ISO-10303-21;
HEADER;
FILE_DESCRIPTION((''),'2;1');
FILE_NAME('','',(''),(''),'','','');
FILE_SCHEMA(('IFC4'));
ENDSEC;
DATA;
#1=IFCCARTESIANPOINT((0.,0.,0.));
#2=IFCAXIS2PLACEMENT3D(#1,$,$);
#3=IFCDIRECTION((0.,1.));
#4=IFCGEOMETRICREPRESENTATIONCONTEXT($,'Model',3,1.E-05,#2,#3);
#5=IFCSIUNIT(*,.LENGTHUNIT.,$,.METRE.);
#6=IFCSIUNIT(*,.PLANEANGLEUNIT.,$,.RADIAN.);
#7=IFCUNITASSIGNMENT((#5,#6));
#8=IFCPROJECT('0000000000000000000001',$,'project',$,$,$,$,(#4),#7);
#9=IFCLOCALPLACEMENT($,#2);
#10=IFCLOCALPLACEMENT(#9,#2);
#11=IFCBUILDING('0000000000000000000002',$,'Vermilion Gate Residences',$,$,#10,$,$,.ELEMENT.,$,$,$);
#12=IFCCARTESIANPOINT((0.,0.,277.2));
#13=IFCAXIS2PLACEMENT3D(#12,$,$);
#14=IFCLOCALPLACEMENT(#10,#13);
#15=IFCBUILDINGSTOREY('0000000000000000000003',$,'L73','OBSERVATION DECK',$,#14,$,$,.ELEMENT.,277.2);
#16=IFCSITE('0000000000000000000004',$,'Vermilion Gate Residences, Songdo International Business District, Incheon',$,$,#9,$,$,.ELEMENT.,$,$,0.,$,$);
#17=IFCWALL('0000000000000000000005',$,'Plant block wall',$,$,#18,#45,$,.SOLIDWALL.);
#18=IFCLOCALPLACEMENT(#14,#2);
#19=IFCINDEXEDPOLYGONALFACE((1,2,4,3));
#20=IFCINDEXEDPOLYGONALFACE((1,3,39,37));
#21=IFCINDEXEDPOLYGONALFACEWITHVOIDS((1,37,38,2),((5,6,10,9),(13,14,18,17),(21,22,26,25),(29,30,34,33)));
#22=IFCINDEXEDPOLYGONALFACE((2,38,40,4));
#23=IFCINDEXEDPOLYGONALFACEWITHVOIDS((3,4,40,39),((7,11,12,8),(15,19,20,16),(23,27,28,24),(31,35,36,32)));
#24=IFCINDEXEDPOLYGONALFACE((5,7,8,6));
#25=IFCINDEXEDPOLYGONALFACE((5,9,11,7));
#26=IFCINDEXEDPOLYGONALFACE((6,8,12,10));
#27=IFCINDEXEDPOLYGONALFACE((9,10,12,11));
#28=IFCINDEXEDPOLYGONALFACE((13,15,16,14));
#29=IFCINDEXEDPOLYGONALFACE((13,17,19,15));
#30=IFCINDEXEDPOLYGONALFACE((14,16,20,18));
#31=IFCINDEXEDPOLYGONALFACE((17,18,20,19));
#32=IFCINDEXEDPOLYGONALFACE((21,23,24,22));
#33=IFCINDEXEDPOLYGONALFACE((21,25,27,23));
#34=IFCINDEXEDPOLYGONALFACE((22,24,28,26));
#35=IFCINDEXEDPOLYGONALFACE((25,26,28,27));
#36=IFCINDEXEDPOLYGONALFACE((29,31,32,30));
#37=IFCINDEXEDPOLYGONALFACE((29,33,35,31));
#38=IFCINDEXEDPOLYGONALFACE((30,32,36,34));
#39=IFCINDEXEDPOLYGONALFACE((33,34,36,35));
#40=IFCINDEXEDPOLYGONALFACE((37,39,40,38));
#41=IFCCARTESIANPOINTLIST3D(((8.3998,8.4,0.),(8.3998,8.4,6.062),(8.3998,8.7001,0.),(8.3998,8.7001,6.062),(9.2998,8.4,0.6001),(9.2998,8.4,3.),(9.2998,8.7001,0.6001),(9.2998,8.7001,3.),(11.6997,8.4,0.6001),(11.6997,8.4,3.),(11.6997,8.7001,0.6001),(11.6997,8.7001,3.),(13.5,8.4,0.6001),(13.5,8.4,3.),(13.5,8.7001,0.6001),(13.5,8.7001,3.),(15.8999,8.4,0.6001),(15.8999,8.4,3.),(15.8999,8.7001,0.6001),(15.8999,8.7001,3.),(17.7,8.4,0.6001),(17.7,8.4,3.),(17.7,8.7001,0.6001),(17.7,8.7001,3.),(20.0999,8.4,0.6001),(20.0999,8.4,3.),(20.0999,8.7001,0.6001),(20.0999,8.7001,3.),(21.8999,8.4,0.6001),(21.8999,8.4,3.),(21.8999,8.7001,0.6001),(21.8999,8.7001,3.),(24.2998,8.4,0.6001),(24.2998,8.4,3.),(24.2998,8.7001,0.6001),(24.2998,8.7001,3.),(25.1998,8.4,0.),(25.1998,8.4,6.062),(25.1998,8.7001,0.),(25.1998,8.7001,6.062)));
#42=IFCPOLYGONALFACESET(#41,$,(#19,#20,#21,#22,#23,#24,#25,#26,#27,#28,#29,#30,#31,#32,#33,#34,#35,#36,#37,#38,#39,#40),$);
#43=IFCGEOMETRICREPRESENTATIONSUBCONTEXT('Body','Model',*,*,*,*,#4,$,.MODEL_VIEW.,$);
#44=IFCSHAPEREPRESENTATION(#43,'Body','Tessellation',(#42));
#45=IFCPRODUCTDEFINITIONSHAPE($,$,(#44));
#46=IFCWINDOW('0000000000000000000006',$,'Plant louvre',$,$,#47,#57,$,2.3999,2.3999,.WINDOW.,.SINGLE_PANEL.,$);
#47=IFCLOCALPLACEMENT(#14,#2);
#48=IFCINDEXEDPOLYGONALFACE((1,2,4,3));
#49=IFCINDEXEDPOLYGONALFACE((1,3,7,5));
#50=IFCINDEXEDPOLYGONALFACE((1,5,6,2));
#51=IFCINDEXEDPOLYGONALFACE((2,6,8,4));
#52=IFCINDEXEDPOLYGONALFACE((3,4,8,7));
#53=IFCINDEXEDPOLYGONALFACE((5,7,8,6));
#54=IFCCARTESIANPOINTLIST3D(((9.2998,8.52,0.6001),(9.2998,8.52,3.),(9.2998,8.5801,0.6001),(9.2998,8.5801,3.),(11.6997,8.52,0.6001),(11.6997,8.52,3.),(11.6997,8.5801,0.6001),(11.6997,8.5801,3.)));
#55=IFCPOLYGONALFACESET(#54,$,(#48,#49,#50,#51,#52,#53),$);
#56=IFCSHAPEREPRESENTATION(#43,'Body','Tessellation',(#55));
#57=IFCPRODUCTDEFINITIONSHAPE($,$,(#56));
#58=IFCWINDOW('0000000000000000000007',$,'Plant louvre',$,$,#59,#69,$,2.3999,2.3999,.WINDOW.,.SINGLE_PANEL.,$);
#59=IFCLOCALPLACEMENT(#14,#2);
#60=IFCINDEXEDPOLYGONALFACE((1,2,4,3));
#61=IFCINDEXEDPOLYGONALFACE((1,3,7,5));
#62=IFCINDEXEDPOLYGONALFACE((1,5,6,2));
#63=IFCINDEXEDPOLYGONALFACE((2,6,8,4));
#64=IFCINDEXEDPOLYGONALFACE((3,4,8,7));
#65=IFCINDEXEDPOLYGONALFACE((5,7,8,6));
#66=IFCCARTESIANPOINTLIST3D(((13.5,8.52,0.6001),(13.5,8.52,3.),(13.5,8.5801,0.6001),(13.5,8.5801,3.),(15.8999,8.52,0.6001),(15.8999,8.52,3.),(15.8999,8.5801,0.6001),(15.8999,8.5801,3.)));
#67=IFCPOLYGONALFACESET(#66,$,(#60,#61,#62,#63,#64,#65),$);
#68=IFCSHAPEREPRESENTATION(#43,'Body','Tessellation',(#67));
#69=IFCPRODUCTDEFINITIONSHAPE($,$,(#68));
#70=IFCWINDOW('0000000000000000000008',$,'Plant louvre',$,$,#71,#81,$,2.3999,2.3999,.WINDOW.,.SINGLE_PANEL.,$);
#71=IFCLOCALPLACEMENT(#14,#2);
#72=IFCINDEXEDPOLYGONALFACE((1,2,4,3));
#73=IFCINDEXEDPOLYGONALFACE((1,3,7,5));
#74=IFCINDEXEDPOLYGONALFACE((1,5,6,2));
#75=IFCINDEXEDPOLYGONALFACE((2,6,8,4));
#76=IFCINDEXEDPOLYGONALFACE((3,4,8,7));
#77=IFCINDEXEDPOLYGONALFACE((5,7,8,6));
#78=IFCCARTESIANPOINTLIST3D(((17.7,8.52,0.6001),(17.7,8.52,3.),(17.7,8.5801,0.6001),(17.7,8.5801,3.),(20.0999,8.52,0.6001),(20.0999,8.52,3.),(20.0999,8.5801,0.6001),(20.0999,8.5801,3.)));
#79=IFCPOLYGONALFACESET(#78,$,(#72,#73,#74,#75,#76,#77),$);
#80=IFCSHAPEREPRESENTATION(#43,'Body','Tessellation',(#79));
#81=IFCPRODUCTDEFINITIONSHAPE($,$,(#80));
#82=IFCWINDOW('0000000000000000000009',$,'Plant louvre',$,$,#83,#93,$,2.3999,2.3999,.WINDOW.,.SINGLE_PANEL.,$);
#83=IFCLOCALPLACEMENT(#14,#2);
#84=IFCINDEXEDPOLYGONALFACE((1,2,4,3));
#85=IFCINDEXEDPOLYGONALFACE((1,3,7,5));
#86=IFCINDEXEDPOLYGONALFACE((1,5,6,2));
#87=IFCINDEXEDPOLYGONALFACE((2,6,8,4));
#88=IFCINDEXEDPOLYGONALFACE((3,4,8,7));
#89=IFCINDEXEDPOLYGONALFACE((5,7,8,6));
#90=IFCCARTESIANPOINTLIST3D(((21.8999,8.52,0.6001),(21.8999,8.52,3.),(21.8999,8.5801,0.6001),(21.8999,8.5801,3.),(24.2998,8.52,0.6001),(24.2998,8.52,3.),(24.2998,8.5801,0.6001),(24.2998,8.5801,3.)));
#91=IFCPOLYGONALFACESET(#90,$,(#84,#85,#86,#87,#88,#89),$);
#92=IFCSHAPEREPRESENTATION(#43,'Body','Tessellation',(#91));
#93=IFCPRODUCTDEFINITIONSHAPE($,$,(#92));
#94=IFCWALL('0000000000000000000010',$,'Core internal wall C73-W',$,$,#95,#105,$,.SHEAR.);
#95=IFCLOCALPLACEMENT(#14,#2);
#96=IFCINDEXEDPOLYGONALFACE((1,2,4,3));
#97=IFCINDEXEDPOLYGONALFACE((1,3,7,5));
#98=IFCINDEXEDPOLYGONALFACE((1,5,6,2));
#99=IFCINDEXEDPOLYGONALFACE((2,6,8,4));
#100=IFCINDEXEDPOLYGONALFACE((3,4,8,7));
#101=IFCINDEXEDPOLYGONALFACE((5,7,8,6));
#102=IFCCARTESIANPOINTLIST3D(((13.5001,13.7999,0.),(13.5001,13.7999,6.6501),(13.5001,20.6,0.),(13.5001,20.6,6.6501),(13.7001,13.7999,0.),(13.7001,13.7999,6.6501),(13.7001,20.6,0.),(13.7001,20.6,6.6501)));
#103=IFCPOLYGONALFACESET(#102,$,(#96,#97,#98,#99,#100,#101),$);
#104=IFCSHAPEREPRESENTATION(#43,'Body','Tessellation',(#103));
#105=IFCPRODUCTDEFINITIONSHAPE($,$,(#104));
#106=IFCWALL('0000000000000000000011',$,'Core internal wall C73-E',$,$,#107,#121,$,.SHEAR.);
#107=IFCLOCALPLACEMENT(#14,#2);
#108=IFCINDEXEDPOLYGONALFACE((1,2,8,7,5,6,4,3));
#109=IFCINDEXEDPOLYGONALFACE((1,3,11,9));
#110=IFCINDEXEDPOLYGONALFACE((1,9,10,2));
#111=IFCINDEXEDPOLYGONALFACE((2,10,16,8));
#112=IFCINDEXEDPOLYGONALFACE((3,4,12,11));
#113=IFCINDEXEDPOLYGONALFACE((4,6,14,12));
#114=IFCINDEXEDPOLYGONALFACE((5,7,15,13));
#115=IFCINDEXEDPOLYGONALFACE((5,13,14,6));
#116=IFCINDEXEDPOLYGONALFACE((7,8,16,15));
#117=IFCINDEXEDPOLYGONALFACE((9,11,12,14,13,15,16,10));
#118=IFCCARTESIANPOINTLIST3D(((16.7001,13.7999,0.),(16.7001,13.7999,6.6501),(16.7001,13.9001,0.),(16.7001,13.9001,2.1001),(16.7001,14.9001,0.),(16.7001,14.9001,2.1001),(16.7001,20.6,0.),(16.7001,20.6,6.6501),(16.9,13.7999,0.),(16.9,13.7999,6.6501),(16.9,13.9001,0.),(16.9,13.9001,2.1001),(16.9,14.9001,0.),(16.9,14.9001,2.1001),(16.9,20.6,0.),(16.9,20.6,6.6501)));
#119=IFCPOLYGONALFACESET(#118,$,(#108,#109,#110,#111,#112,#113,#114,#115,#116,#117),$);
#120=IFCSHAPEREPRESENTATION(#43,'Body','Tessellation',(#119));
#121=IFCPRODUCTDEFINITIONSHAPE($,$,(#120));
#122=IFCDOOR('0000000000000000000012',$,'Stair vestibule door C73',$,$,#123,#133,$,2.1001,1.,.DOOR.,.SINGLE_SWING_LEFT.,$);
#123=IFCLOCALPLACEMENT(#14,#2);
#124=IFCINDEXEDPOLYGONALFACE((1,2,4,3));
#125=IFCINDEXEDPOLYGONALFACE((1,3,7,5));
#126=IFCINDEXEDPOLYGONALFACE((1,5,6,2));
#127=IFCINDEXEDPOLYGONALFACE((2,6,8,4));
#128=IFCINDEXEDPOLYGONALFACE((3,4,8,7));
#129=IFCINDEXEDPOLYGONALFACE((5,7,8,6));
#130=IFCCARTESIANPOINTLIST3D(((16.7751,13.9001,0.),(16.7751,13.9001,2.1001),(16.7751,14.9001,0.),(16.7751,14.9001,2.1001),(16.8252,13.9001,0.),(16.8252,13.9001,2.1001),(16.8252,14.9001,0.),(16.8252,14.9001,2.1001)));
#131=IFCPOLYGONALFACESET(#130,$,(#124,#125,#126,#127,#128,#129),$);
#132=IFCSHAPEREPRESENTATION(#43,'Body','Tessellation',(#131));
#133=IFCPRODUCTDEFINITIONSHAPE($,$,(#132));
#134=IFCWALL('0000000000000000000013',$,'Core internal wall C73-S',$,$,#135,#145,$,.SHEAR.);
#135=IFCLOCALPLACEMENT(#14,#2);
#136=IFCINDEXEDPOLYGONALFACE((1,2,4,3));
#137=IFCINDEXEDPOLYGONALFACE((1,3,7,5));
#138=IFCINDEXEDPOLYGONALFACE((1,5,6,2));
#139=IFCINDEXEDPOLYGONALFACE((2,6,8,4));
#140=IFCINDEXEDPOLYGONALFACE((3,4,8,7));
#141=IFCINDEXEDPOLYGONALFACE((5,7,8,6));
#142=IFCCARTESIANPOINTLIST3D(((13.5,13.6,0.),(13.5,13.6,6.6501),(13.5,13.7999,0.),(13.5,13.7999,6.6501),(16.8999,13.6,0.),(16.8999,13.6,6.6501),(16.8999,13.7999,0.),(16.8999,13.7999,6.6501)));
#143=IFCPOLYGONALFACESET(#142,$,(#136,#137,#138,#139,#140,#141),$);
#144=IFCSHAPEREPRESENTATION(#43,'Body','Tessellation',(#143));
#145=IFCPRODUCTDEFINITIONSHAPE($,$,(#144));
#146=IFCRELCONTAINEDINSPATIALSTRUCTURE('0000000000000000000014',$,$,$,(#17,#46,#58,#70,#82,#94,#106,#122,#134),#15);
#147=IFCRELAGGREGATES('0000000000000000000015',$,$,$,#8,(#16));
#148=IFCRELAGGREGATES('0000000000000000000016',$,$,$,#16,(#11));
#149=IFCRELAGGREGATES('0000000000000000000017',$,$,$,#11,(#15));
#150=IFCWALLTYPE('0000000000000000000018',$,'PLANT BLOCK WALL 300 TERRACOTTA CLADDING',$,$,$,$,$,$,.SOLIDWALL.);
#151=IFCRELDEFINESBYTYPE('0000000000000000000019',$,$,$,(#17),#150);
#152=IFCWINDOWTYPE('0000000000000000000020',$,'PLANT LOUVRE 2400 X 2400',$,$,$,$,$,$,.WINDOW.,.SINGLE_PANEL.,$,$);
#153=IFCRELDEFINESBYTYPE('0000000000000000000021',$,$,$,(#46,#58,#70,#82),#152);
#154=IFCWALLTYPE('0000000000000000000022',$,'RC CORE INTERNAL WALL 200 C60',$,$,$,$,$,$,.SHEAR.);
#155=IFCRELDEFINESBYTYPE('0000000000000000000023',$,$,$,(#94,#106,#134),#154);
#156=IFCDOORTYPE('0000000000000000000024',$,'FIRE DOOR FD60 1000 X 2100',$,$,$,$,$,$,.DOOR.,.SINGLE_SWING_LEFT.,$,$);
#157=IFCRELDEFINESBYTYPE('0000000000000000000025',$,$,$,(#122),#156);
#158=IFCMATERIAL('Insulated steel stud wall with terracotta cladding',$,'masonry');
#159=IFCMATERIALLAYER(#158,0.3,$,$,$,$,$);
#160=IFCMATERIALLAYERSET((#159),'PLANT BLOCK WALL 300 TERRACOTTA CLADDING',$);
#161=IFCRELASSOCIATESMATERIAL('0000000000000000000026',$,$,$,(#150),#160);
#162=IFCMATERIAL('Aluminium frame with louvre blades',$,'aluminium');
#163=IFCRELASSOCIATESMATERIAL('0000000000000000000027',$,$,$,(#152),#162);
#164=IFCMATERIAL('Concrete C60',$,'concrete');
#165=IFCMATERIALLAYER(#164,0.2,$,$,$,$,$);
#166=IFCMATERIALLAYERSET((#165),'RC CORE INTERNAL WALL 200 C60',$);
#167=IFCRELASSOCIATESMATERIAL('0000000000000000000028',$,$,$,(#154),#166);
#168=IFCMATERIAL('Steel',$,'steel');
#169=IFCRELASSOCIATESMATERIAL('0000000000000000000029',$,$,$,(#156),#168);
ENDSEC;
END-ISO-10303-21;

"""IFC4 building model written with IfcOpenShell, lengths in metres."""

from ifc_helpers import new_model, si_unit, direction, frame, frame_2d, origin, place, context, subcontext, project, spatial, rectangle, extrude, material, layer, layer_set, type_object, element, fill, save


model = new_model("IFC4")

# Units and contexts
model_context = context("Model", 3, precision=1e-05, world=origin(), true_north=direction((0.0, 1.0)))
body_context = subcontext(model_context, "Body", "Model", "MODEL_VIEW")
ifc_project = project(units=[si_unit("LENGTHUNIT", "METRE"), si_unit("PLANEANGLEUNIT", "RADIAN")], contexts=[model_context])

# Site, building, storey
site_placement = place(None, origin())
site = spatial("IfcSite", under=ifc_project, at=site_placement, Name="Vermilion Gate Residences, Songdo International Business District, Incheon", CompositionType="ELEMENT", RefElevation=0.0)
building_placement = place(site_placement, origin())
building = spatial("IfcBuilding", under=site, at=building_placement, Name="Vermilion Gate Residences", CompositionType="ELEMENT")
storey_placement = place(building_placement, frame((0.0, 0.0, 277.2)))
storey = spatial("IfcBuildingStorey", under=building, at=storey_placement, Name="L73", Description="OBSERVATION DECK", CompositionType="ELEMENT", Elevation=277.2)

# Wall, openings, windows
ifc_material_1 = material(Name="Insulated steel stud wall with terracotta cladding", Category="masonry")
ifc_layer_1 = layer(ifc_material_1, 0.3)
ifc_layer_set_1 = layer_set([ifc_layer_1], Name="PLANT BLOCK WALL 300 TERRACOTTA CLADDING")
wall_type_1 = type_object("IfcWallType", Name="PLANT BLOCK WALL 300 TERRACOTTA CLADDING", PredefinedType="SOLIDWALL", material=ifc_layer_set_1)
wall_1_placement = place(storey_placement, frame((8.3999, 8.55, 0.0), z_axis=(0.0, 0.0, 1.0), x_axis=(1.0, 0.0, 0.0)))
wall_1 = element("IfcWall", 1, at=wall_1_placement, inside=storey, type_object=wall_type_1, Name="Plant block wall", PredefinedType="SOLIDWALL", context=body_context, shape_type="SweptSolid", body=[
    extrude(rectangle(XDim=16.8, YDim=0.3, at=frame_2d((8.3999, 0.0))), origin(), (0.0, 0.0, 1.0), 6.062),
])
opening_1_placement = place(wall_1_placement, frame((0.8999, 0.0, 0.6001)))
opening_1 = element("IfcOpeningElement", 2, at=opening_1_placement, cuts=wall_1, PredefinedType="OPENING", context=body_context, shape_type="SweptSolid", body=[
    extrude(rectangle(XDim=2.3999, YDim=2.3999, at=frame_2d((1.2, 1.2))), frame((0.0, 0.1599, 0.0), z_axis=(0.0, -1.0, 0.0), x_axis=(1.0, 0.0, 0.0)), (0.0, 0.0, 1.0), 0.3201),
])
opening_2_placement = place(wall_1_placement, frame((5.1001, 0.0, 0.6001)))
opening_2 = element("IfcOpeningElement", 3, at=opening_2_placement, cuts=wall_1, PredefinedType="OPENING", context=body_context, shape_type="SweptSolid", body=[
    extrude(rectangle(XDim=2.3999, YDim=2.3999, at=frame_2d((1.2, 1.2))), frame((0.0, 0.1599, 0.0), z_axis=(0.0, -1.0, 0.0), x_axis=(1.0, 0.0, 0.0)), (0.0, 0.0, 1.0), 0.3201),
])
opening_3_placement = place(wall_1_placement, frame((9.3, 0.0, 0.6001)))
opening_3 = element("IfcOpeningElement", 4, at=opening_3_placement, cuts=wall_1, PredefinedType="OPENING", context=body_context, shape_type="SweptSolid", body=[
    extrude(rectangle(XDim=2.3999, YDim=2.3999, at=frame_2d((1.2, 1.2))), frame((0.0, 0.1599, 0.0), z_axis=(0.0, -1.0, 0.0), x_axis=(1.0, 0.0, 0.0)), (0.0, 0.0, 1.0), 0.3201),
])
opening_4_placement = place(wall_1_placement, frame((13.5, 0.0, 0.6001)))
opening_4 = element("IfcOpeningElement", 5, at=opening_4_placement, cuts=wall_1, PredefinedType="OPENING", context=body_context, shape_type="SweptSolid", body=[
    extrude(rectangle(XDim=2.3999, YDim=2.3999, at=frame_2d((1.2, 1.2))), frame((0.0, 0.1599, 0.0), z_axis=(0.0, -1.0, 0.0), x_axis=(1.0, 0.0, 0.0)), (0.0, 0.0, 1.0), 0.3201),
])
ifc_material_2 = material(Name="Aluminium frame with louvre blades", Category="aluminium")
window_type = type_object("IfcWindowType", Name="PLANT LOUVRE 2400 X 2400", PartitioningType="SINGLE_PANEL", PredefinedType="WINDOW", material=ifc_material_2)
window_1_placement = place(opening_1_placement, origin())
window_1 = element("IfcWindow", 6, at=window_1_placement, inside=storey, type_object=window_type, Name="Plant louvre", OverallHeight=2.3999, OverallWidth=2.3999, PartitioningType="SINGLE_PANEL", PredefinedType="WINDOW", context=body_context, shape_type="SweptSolid", body=[
    extrude(rectangle(XDim=2.3999, YDim=2.3999, at=frame_2d((1.2, 1.2))), frame((0.0, 0.03, 0.0), z_axis=(0.0, -1.0, 0.0), x_axis=(1.0, 0.0, 0.0)), (0.0, 0.0, 1.0), 0.0601),
])
fill(opening_1, window_1)
window_2_placement = place(opening_2_placement, origin())
window_2 = element("IfcWindow", 7, at=window_2_placement, inside=storey, type_object=window_type, Name="Plant louvre", OverallHeight=2.3999, OverallWidth=2.3999, PartitioningType="SINGLE_PANEL", PredefinedType="WINDOW", context=body_context, shape_type="SweptSolid", body=[
    extrude(rectangle(XDim=2.3999, YDim=2.3999, at=frame_2d((1.2, 1.2))), frame((0.0, 0.03, 0.0), z_axis=(0.0, -1.0, 0.0), x_axis=(1.0, 0.0, 0.0)), (0.0, 0.0, 1.0), 0.0601),
])
fill(opening_2, window_2)
window_3_placement = place(opening_3_placement, origin())
window_3 = element("IfcWindow", 8, at=window_3_placement, inside=storey, type_object=window_type, Name="Plant louvre", OverallHeight=2.3999, OverallWidth=2.3999, PartitioningType="SINGLE_PANEL", PredefinedType="WINDOW", context=body_context, shape_type="SweptSolid", body=[
    extrude(rectangle(XDim=2.3999, YDim=2.3999, at=frame_2d((1.2, 1.2))), frame((0.0, 0.03, 0.0), z_axis=(0.0, -1.0, 0.0), x_axis=(1.0, 0.0, 0.0)), (0.0, 0.0, 1.0), 0.0601),
])
fill(opening_3, window_3)
window_4_placement = place(opening_4_placement, origin())
window_4 = element("IfcWindow", 9, at=window_4_placement, inside=storey, type_object=window_type, Name="Plant louvre", OverallHeight=2.3999, OverallWidth=2.3999, PartitioningType="SINGLE_PANEL", PredefinedType="WINDOW", context=body_context, shape_type="SweptSolid", body=[
    extrude(rectangle(XDim=2.3999, YDim=2.3999, at=frame_2d((1.2, 1.2))), frame((0.0, 0.03, 0.0), z_axis=(0.0, -1.0, 0.0), x_axis=(1.0, 0.0, 0.0)), (0.0, 0.0, 1.0), 0.0601),
])
fill(opening_4, window_4)

# Wall
ifc_material_3 = material(Name="Concrete C60", Category="concrete")
ifc_layer_2 = layer(ifc_material_3, 0.2)
ifc_layer_set_2 = layer_set([ifc_layer_2], Name="RC CORE INTERNAL WALL 200 C60")
wall_type_2 = type_object("IfcWallType", Name="RC CORE INTERNAL WALL 200 C60", PredefinedType="SHEAR", material=ifc_layer_set_2)
wall_2_placement = place(storey_placement, frame((13.6001, 13.8, 0.0), z_axis=(0.0, 0.0, 1.0), x_axis=(0.0, 1.0, 0.0)))
element("IfcWall", 10, at=wall_2_placement, inside=storey, type_object=wall_type_2, Name="Core internal wall C73-W", PredefinedType="SHEAR", context=body_context, shape_type="SweptSolid", body=[
    extrude(rectangle(XDim=6.8, YDim=0.2, at=frame_2d((3.3999, 0.0))), origin(), (0.0, 0.0, 1.0), 6.6501),
])

# Wall, opening, door
wall_3_placement = place(storey_placement, frame((16.8, 13.8, 0.0), z_axis=(0.0, 0.0, 1.0), x_axis=(0.0, 1.0, 0.0)))
wall_3 = element("IfcWall", 11, at=wall_3_placement, inside=storey, type_object=wall_type_2, Name="Core internal wall C73-E", PredefinedType="SHEAR", context=body_context, shape_type="SweptSolid", body=[
    extrude(rectangle(XDim=6.8, YDim=0.2, at=frame_2d((3.3999, 0.0))), origin(), (0.0, 0.0, 1.0), 6.6501),
])
opening_5_placement = place(wall_3_placement, frame((0.1001, 0.0, 0.0)))
opening_5 = element("IfcOpeningElement", 12, at=opening_5_placement, cuts=wall_3, PredefinedType="OPENING", context=body_context, shape_type="SweptSolid", body=[
    extrude(rectangle(XDim=1.0, YDim=2.1001, at=frame_2d((0.5, 1.05))), frame((0.0, 0.1099, 0.0), z_axis=(0.0, -1.0, 0.0), x_axis=(1.0, 0.0, 0.0)), (0.0, 0.0, 1.0), 0.22),
])
ifc_material_4 = material(Name="Steel", Category="steel")
door_type_1 = type_object("IfcDoorType", Name="FIRE DOOR FD60 1000 X 2100", OperationType="SINGLE_SWING_LEFT", PredefinedType="DOOR", material=ifc_material_4)
door_1_placement = place(opening_5_placement, origin())
door_1 = element("IfcDoor", 13, at=door_1_placement, inside=storey, type_object=door_type_1, Name="Stair vestibule door C73", OperationType="SINGLE_SWING_LEFT", OverallHeight=2.1001, OverallWidth=1.0, PredefinedType="DOOR", context=body_context, shape_type="SweptSolid", body=[
    extrude(rectangle(XDim=1.0, YDim=2.1001, at=frame_2d((0.5, 1.05))), frame((0.0, 0.0249, 0.0), z_axis=(0.0, -1.0, 0.0), x_axis=(1.0, 0.0, 0.0)), (0.0, 0.0, 1.0), 0.05),
])
fill(opening_5, door_1)

# Wall
wall_4_placement = place(storey_placement, frame((13.5, 13.7, 0.0), z_axis=(0.0, 0.0, 1.0), x_axis=(1.0, 0.0, 0.0)))
element("IfcWall", 14, at=wall_4_placement, inside=storey, type_object=wall_type_2, Name="Core internal wall C73-S", PredefinedType="SHEAR", context=body_context, shape_type="SweptSolid", body=[
    extrude(rectangle(XDim=3.3999, YDim=0.2, at=frame_2d((1.7, 0.0))), origin(), (0.0, 0.0, 1.0), 6.6501),
])

save(model, "model.ifc")
